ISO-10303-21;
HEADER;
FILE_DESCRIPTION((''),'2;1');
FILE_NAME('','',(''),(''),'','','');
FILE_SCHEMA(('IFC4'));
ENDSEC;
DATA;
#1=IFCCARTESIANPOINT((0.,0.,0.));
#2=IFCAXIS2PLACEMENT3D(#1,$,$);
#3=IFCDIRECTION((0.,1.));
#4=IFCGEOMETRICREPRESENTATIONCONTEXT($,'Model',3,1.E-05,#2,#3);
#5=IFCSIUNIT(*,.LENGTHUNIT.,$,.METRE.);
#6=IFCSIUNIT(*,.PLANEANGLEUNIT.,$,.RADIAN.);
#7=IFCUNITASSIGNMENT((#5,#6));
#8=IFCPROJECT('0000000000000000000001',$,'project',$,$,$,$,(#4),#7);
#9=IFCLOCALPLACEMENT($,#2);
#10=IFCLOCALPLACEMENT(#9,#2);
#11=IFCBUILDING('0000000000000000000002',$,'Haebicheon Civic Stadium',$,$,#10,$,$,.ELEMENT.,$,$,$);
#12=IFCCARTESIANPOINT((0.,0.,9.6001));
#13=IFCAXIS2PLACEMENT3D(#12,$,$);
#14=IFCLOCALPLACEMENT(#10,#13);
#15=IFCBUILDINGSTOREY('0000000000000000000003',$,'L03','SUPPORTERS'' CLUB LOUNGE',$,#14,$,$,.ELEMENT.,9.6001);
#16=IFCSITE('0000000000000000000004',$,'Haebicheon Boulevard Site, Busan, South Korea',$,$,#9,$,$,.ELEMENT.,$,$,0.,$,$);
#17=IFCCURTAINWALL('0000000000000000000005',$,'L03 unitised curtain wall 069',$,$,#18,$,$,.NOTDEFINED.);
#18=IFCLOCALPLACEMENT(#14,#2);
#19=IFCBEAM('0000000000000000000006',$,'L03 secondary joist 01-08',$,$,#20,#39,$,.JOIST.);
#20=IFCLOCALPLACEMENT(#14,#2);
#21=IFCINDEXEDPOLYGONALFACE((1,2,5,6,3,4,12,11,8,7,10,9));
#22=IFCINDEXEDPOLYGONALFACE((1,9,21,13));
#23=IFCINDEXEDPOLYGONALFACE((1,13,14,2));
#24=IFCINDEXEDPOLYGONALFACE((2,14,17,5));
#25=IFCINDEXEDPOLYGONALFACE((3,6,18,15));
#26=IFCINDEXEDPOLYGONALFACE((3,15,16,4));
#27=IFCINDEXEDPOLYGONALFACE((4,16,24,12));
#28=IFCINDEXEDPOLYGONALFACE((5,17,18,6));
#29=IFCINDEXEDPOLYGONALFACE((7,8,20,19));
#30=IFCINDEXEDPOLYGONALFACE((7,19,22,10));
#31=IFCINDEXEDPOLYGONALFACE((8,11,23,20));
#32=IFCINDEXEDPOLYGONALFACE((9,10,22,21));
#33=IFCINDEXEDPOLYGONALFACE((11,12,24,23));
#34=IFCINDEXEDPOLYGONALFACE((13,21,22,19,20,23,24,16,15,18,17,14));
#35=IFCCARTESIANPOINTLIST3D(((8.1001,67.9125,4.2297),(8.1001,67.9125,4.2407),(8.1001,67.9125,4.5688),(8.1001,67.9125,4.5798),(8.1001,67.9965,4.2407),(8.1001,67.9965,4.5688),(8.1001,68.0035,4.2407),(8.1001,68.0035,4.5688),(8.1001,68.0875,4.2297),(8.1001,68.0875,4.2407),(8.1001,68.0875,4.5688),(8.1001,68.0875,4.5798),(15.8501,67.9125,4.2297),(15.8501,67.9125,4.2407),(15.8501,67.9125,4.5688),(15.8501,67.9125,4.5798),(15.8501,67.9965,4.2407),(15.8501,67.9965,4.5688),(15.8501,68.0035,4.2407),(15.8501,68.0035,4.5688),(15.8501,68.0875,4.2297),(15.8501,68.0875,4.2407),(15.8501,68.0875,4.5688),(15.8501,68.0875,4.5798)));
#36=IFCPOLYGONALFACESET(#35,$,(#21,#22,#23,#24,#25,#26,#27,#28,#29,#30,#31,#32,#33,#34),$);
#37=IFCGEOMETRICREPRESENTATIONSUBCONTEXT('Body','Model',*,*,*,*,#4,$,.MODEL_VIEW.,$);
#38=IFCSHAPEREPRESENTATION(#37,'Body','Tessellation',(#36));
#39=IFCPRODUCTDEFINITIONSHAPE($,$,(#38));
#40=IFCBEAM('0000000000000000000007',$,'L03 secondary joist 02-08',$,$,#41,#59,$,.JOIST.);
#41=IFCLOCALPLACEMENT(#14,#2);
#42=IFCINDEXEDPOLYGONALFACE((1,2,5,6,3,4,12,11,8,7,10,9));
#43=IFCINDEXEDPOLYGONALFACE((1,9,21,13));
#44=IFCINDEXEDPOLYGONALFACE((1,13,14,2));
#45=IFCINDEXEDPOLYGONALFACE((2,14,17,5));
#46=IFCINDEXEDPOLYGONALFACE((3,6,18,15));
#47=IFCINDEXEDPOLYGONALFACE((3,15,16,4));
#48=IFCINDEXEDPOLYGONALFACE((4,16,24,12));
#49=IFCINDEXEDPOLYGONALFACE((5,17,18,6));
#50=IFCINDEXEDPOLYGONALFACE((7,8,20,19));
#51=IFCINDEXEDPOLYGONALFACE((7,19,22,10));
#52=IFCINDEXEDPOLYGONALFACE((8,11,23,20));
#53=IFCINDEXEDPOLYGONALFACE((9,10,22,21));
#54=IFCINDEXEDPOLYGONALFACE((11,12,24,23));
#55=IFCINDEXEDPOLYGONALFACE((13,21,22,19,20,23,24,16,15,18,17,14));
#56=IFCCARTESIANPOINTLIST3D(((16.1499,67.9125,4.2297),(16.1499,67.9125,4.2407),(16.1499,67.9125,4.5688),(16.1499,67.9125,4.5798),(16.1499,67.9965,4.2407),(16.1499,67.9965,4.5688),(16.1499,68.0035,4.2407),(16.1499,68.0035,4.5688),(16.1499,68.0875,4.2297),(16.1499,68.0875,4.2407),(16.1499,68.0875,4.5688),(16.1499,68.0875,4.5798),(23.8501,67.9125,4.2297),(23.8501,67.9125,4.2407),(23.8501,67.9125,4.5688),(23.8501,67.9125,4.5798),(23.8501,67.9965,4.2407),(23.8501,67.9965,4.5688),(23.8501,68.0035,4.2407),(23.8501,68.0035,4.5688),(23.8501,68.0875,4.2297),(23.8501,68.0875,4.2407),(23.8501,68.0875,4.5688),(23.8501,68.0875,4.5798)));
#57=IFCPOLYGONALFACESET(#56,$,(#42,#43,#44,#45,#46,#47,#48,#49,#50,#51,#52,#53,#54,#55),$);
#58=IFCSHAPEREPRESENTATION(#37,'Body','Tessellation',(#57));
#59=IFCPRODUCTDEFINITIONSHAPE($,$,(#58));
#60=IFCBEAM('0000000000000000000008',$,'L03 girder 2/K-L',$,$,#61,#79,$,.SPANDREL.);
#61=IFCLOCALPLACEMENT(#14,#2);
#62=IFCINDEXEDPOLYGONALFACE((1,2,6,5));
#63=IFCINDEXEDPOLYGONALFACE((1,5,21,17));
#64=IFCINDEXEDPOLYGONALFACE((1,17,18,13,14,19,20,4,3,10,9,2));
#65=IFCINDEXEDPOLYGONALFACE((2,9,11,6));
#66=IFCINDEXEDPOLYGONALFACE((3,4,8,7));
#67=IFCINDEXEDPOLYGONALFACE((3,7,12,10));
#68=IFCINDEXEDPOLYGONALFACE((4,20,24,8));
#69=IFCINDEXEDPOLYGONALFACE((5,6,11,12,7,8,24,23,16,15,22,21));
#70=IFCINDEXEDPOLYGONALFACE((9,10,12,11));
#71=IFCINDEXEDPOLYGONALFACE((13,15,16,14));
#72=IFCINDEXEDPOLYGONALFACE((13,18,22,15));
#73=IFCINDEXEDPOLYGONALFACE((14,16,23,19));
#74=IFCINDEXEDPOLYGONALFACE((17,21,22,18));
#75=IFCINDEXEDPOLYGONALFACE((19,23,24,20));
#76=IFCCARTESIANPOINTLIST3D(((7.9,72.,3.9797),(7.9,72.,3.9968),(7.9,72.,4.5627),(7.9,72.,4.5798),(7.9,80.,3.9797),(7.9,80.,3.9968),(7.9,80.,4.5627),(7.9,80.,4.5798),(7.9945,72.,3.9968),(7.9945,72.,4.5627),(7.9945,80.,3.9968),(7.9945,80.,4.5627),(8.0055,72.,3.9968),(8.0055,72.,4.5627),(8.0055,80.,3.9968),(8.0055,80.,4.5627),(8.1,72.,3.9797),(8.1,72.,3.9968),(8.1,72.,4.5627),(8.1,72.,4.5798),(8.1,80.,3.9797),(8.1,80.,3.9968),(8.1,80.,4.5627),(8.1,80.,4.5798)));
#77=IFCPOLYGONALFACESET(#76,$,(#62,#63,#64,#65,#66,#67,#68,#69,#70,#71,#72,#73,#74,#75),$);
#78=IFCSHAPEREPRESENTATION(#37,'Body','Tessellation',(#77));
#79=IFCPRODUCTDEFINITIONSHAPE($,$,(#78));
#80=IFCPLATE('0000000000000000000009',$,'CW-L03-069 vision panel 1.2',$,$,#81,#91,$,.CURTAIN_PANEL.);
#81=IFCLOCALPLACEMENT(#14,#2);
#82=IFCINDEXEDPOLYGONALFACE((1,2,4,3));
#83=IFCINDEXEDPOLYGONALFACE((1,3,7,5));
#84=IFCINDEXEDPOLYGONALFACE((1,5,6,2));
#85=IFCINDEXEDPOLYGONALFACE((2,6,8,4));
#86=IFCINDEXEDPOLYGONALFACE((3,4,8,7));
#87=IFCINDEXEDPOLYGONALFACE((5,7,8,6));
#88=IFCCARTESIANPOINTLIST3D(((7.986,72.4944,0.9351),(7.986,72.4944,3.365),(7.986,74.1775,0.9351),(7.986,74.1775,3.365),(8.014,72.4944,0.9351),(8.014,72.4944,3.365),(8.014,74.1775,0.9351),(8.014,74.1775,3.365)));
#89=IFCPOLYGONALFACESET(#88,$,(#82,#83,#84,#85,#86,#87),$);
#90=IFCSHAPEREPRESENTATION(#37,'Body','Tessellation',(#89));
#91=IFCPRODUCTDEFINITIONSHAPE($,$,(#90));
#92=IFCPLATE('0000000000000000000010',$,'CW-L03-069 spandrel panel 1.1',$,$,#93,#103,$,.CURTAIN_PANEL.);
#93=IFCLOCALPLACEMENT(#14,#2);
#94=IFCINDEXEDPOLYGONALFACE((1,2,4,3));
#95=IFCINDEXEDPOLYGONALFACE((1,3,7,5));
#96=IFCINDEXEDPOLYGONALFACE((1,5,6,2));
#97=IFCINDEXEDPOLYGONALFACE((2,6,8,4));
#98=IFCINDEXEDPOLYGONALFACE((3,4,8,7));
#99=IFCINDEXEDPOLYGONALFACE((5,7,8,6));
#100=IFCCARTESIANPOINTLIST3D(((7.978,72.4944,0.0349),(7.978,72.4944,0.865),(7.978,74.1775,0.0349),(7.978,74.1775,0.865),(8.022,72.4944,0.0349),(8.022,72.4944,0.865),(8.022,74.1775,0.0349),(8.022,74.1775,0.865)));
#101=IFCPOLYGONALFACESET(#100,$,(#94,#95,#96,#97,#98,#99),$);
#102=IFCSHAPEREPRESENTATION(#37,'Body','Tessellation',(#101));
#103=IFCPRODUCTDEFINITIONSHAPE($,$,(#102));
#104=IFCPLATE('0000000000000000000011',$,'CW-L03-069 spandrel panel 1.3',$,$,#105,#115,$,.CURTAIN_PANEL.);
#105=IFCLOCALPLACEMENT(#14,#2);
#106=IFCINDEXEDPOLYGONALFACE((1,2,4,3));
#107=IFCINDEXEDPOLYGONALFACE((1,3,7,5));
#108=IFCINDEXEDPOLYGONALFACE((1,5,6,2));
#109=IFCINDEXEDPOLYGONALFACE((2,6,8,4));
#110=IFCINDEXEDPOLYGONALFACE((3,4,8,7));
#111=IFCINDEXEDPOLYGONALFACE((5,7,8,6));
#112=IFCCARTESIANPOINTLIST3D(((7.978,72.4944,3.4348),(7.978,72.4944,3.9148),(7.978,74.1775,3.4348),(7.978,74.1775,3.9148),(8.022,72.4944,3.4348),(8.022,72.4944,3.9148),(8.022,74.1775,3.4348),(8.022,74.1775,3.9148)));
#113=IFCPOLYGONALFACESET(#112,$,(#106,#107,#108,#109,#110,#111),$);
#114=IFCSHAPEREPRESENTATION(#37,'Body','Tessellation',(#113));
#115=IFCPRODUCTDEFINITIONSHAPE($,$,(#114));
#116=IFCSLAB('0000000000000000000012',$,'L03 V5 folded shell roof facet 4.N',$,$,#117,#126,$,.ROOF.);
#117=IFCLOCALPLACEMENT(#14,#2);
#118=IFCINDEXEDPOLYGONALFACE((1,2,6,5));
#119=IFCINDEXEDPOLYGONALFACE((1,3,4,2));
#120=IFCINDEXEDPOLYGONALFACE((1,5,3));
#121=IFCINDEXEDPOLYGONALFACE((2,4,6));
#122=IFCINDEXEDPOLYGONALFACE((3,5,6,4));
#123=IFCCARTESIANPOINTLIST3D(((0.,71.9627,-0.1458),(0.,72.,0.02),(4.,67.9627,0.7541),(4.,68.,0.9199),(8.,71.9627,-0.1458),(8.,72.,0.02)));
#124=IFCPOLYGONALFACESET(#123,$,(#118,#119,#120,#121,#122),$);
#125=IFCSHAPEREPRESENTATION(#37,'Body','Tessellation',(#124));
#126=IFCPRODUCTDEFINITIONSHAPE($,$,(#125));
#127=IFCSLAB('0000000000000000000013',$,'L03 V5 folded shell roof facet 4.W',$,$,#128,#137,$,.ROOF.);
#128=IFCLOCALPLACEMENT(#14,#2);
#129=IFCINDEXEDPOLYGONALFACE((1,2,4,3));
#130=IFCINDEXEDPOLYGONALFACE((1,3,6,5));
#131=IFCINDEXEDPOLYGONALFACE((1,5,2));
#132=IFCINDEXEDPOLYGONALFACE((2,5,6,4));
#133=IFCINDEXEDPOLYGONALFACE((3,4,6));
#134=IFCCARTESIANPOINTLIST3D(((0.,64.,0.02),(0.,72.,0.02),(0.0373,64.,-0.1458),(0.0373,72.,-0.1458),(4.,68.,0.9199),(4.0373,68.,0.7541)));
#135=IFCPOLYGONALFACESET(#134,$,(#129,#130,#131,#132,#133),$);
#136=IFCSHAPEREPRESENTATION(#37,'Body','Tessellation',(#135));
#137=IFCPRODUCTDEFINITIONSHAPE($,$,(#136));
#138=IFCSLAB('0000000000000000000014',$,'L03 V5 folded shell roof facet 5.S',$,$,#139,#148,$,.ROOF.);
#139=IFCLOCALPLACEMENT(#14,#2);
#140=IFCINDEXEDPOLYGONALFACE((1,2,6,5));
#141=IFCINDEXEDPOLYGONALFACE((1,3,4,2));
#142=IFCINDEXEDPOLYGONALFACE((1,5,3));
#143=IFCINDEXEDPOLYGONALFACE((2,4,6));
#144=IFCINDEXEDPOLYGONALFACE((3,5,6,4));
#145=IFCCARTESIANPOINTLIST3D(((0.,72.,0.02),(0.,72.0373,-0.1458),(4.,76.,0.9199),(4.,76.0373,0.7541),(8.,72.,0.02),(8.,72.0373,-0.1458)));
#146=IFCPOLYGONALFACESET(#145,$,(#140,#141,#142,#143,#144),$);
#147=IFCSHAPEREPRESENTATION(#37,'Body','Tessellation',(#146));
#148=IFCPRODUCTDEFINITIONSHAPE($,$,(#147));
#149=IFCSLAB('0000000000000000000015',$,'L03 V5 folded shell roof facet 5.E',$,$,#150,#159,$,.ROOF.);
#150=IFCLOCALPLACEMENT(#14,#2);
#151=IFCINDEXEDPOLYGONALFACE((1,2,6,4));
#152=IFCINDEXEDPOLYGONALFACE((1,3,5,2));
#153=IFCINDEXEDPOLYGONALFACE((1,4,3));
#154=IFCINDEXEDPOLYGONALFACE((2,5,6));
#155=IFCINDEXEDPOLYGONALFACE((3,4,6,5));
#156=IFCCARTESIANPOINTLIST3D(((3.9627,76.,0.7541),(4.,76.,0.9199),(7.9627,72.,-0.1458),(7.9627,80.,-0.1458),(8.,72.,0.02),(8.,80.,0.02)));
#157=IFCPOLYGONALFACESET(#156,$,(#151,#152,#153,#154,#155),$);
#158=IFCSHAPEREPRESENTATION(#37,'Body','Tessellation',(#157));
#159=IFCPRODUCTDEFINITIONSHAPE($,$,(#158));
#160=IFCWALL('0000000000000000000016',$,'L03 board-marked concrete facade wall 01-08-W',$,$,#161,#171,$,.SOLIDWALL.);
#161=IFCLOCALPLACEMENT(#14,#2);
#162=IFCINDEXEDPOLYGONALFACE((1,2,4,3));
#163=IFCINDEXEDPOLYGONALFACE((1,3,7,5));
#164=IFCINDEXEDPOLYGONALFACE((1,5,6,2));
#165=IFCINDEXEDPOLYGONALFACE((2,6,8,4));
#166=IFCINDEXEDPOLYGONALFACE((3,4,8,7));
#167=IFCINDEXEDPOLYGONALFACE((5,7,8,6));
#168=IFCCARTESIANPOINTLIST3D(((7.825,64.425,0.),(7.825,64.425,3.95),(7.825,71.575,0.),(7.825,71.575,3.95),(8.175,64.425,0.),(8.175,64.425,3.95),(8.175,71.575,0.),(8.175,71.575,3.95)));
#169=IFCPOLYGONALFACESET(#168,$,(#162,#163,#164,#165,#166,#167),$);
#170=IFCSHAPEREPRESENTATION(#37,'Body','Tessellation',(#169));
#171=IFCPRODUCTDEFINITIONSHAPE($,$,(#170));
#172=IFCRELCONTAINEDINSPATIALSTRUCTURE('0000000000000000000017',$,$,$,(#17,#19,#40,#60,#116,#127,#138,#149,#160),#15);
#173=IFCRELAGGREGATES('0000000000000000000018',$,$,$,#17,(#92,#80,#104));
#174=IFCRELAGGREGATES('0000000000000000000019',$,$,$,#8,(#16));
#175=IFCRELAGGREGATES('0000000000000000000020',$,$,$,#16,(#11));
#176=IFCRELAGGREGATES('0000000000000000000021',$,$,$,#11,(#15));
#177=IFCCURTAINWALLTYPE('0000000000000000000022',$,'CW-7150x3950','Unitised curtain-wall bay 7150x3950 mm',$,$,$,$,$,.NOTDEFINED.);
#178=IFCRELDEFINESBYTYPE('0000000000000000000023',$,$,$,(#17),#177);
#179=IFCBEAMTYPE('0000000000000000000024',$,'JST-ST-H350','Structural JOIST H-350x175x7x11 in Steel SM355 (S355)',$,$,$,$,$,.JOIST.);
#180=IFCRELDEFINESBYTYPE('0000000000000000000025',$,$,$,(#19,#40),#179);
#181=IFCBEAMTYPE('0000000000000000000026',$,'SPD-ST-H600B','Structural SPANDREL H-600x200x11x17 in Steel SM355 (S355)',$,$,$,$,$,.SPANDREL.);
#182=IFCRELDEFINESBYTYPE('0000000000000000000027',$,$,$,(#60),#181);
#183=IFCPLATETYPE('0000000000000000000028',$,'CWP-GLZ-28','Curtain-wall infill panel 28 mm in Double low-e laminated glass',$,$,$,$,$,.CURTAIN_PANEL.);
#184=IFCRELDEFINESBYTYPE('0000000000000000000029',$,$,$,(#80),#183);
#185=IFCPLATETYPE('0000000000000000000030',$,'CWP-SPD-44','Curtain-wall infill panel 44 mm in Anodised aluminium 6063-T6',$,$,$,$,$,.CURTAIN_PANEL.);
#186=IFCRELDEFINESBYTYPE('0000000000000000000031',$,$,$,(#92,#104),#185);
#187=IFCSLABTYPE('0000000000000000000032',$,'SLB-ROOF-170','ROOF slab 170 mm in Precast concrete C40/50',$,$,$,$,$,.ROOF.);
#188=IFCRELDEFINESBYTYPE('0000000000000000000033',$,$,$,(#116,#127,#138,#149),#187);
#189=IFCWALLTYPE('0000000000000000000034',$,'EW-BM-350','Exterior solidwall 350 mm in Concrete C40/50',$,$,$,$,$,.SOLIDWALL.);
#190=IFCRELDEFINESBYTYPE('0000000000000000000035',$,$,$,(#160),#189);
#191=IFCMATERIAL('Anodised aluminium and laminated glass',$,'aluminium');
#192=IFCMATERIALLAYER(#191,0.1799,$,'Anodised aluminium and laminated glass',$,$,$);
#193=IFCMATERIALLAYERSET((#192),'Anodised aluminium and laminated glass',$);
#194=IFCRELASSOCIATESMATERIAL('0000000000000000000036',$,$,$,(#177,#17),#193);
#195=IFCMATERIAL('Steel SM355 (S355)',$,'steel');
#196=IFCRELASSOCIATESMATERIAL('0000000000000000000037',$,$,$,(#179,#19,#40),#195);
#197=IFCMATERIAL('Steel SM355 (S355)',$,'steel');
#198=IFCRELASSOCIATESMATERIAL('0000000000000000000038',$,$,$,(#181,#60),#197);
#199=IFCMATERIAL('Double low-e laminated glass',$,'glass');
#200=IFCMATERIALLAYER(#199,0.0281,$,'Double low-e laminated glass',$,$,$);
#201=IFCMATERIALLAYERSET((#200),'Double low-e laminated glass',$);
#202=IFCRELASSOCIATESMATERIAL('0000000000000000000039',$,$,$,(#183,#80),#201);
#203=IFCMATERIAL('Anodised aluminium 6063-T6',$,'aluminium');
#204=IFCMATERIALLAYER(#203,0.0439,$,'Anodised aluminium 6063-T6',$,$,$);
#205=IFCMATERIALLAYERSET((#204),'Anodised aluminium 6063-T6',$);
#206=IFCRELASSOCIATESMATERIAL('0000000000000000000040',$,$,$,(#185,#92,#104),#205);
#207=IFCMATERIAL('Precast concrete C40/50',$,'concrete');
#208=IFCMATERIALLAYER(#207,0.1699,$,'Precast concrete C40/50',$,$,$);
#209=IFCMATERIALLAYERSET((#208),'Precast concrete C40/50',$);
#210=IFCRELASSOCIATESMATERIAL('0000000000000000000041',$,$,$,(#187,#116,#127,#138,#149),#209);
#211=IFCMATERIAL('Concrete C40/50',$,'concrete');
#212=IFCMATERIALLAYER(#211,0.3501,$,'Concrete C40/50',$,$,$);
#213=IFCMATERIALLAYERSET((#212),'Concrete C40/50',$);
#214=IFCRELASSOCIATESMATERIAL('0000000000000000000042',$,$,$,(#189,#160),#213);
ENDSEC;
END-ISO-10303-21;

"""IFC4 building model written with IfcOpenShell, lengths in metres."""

from ifc_helpers import new_model, si_unit, direction, frame, frame_2d, origin, origin_2d, place, context, subcontext, project, spatial, polyline, rectangle, i_section, outline, extrude, material, layer, layer_set, material_profile, profile_set, type_object, element, aggregate, save


model = new_model("IFC4")

# Units and contexts
model_context = context("Model", 3, precision=1e-05, world=origin(), true_north=direction((0.0, 1.0)))
body_context = subcontext(model_context, "Body", "Model", "MODEL_VIEW")
ifc_project = project(units=[si_unit("LENGTHUNIT", "METRE"), si_unit("PLANEANGLEUNIT", "RADIAN")], contexts=[model_context])

# Site, building, storey
site_placement = place(None, origin())
site = spatial("IfcSite", under=ifc_project, at=site_placement, Name="Haebicheon Boulevard Site, Busan, South Korea", CompositionType="ELEMENT", RefElevation=0.0)
building_placement = place(site_placement, origin())
building = spatial("IfcBuilding", under=site, at=building_placement, Name="Haebicheon Civic Stadium", CompositionType="ELEMENT")
storey_placement = place(building_placement, frame((0.0, 0.0, 9.6001)))
storey = spatial("IfcBuildingStorey", under=building, at=storey_placement, Name="L03", Description="SUPPORTERS' CLUB LOUNGE", CompositionType="ELEMENT", Elevation=9.6001)

# Curtain wall
ifc_material_1 = material(Name="Anodised aluminium and laminated glass", Category="aluminium")
ifc_layer_1 = layer(ifc_material_1, 0.1799, Name="Anodised aluminium and laminated glass")
ifc_layer_set_1 = layer_set([ifc_layer_1], Name="Anodised aluminium and laminated glass")
curtain_wall_type = type_object("IfcCurtainWallType", Name="CW-7150x3950", Description="Unitised curtain-wall bay 7150x3950 mm", PredefinedType="NOTDEFINED", material=ifc_layer_set_1)
curtain_wall_placement = place(storey_placement, origin())
curtain_wall = element("IfcCurtainWall", 1, at=curtain_wall_placement, inside=storey, type_object=curtain_wall_type, material=ifc_layer_set_1, Name="L03 unitised curtain wall 069", PredefinedType="NOTDEFINED")

# Beams
ifc_material_2 = material(Name="Steel SM355 (S355)", Category="steel")
ifc_material_profile_1 = material_profile(ifc_material_2, i_section(OverallWidth=0.175, OverallDepth=0.3501, WebThickness=0.0071, FlangeThickness=0.011, at=origin_2d()), Name="H-350x175x7x11")
ifc_profile_set_1 = profile_set([ifc_material_profile_1], Name="Steel SM355 (S355)")
beam_type_1 = type_object("IfcBeamType", Name="JST-ST-H350", Description="Structural JOIST H-350x175x7x11 in Steel SM355 (S355)", PredefinedType="JOIST", material=ifc_profile_set_1)
beam_1_placement = place(storey_placement, frame((8.1001, 68.0, 4.4048), z_axis=(1.0, 0.0, 0.0), x_axis=(0.0, 1.0, 0.0)))
element("IfcBeam", 2, at=beam_1_placement, inside=storey, type_object=beam_type_1, material=ifc_profile_set_1, Name="L03 secondary joist 01-08", PredefinedType="JOIST", context=body_context, shape_type="SweptSolid", body=[
    extrude(i_section(OverallWidth=0.175, OverallDepth=0.3501, WebThickness=0.0071, FlangeThickness=0.011, at=origin_2d()), origin(), (0.0, 0.0, 1.0), 7.75),
])
beam_2_placement = place(storey_placement, frame((16.1499, 68.0, 4.4048), z_axis=(1.0, 0.0, 0.0), x_axis=(0.0, 1.0, 0.0)))
element("IfcBeam", 3, at=beam_2_placement, inside=storey, type_object=beam_type_1, material=ifc_profile_set_1, Name="L03 secondary joist 02-08", PredefinedType="JOIST", context=body_context, shape_type="SweptSolid", body=[
    extrude(i_section(OverallWidth=0.175, OverallDepth=0.3501, WebThickness=0.0071, FlangeThickness=0.011, at=origin_2d()), origin(), (0.0, 0.0, 1.0), 7.7002),
])
ifc_material_3 = material(Name="Steel SM355 (S355)", Category="steel")
ifc_material_profile_2 = material_profile(ifc_material_3, i_section(OverallWidth=0.2, OverallDepth=0.6001, WebThickness=0.011, FlangeThickness=0.0171, at=origin_2d()), Name="H-600x200x11x17")
ifc_profile_set_2 = profile_set([ifc_material_profile_2], Name="Steel SM355 (S355)")
beam_type_2 = type_object("IfcBeamType", Name="SPD-ST-H600B", Description="Structural SPANDREL H-600x200x11x17 in Steel SM355 (S355)", PredefinedType="SPANDREL", material=ifc_profile_set_2)
beam_3_placement = place(storey_placement, frame((8.0, 72.0, 4.2798), z_axis=(0.0, 1.0, 0.0), x_axis=(-1.0, 0.0, 0.0)))
element("IfcBeam", 4, at=beam_3_placement, inside=storey, type_object=beam_type_2, material=ifc_profile_set_2, Name="L03 girder 2/K-L", PredefinedType="SPANDREL", context=body_context, shape_type="SweptSolid", body=[
    extrude(i_section(OverallWidth=0.2, OverallDepth=0.6001, WebThickness=0.011, FlangeThickness=0.0171, at=origin_2d()), origin(), (0.0, 0.0, 1.0), 8.0),
])

# Plates
ifc_material_4 = material(Name="Double low-e laminated glass", Category="glass")
ifc_layer_2 = layer(ifc_material_4, 0.0281, Name="Double low-e laminated glass")
ifc_layer_set_2 = layer_set([ifc_layer_2], Name="Double low-e laminated glass")
plate_type_1 = type_object("IfcPlateType", Name="CWP-GLZ-28", Description="Curtain-wall infill panel 28 mm in Double low-e laminated glass", PredefinedType="CURTAIN_PANEL", material=ifc_layer_set_2)
plate_1_placement = place(storey_placement, frame((8.0, 73.3359, 0.9351), z_axis=(0.0, 0.0, 1.0), x_axis=(0.0, 1.0, 0.0)))
plate_1 = element("IfcPlate", 5, at=plate_1_placement, type_object=plate_type_1, material=ifc_layer_set_2, Name="CW-L03-069 vision panel 1.2", PredefinedType="CURTAIN_PANEL", context=body_context, shape_type="SweptSolid", body=[
    extrude(rectangle(XDim=1.6831, YDim=0.0281, at=origin_2d()), origin(), (0.0, 0.0, 1.0), 2.4299),
])
ifc_material_5 = material(Name="Anodised aluminium 6063-T6", Category="aluminium")
ifc_layer_3 = layer(ifc_material_5, 0.0439, Name="Anodised aluminium 6063-T6")
ifc_layer_set_3 = layer_set([ifc_layer_3], Name="Anodised aluminium 6063-T6")
plate_type_2 = type_object("IfcPlateType", Name="CWP-SPD-44", Description="Curtain-wall infill panel 44 mm in Anodised aluminium 6063-T6", PredefinedType="CURTAIN_PANEL", material=ifc_layer_set_3)
plate_2_placement = place(storey_placement, frame((8.0, 73.3359, 0.0349), z_axis=(0.0, 0.0, 1.0), x_axis=(0.0, 1.0, 0.0)))
plate_2 = element("IfcPlate", 6, at=plate_2_placement, type_object=plate_type_2, material=ifc_layer_set_3, Name="CW-L03-069 spandrel panel 1.1", PredefinedType="CURTAIN_PANEL", context=body_context, shape_type="SweptSolid", body=[
    extrude(rectangle(XDim=1.6831, YDim=0.0439, at=origin_2d()), origin(), (0.0, 0.0, 1.0), 0.8301),
])
plate_3_placement = place(storey_placement, frame((8.0, 73.3359, 3.4348), z_axis=(0.0, 0.0, 1.0), x_axis=(0.0, 1.0, 0.0)))
plate_3 = element("IfcPlate", 7, at=plate_3_placement, type_object=plate_type_2, material=ifc_layer_set_3, Name="CW-L03-069 spandrel panel 1.3", PredefinedType="CURTAIN_PANEL", context=body_context, shape_type="SweptSolid", body=[
    extrude(rectangle(XDim=1.6831, YDim=0.0439, at=origin_2d()), origin(), (0.0, 0.0, 1.0), 0.48),
])
aggregate(curtain_wall, [plate_2, plate_1, plate_3])

# Slabs
ifc_material_6 = material(Name="Precast concrete C40/50", Category="concrete")
ifc_layer_4 = layer(ifc_material_6, 0.1699, Name="Precast concrete C40/50")
ifc_layer_set_4 = layer_set([ifc_layer_4], Name="Precast concrete C40/50")
slab_type = type_object("IfcSlabType", Name="SLB-ROOF-170", Description="ROOF slab 170 mm in Precast concrete C40/50", PredefinedType="ROOF", material=ifc_layer_set_4)
for number, where, z_axis, x_axis, name in (
    (8, (8.0, 72.0, 0.02), (0.0, 0.21949, 0.975615), (-1.0, 0.0, 0.0), "L03 V5 folded shell roof facet 4.N"),
    (9, (0.0, 72.0, 0.02), (-0.21949, 0.0, 0.975615), (0.0, -1.0, 0.0), "L03 V5 folded shell roof facet 4.W"),
    (10, (0.0, 72.0, 0.02), (0.0, -0.21949, 0.975615), (1.0, 0.0, 0.0), "L03 V5 folded shell roof facet 5.S"),
    (11, (8.0, 72.0, 0.02), (0.21949, 0.0, 0.975615), (0.0, 1.0, 0.0), "L03 V5 folded shell roof facet 5.E"),
):
    element("IfcSlab", number, at=place(storey_placement, frame(where, z_axis=z_axis, x_axis=x_axis)), inside=storey, type_object=slab_type, material=ifc_layer_set_4, Name=name, PredefinedType="ROOF", context=body_context, shape_type="SweptSolid", body=[
        extrude(outline(polyline([(0.0, 0.0), (8.0, 0.0), (4.0, 4.1), (0.0, 0.0)])), origin(), (0.0, 0.0, -1.0), 0.1699),
    ])

# Wall
ifc_material_7 = material(Name="Concrete C40/50", Category="concrete")
ifc_layer_5 = layer(ifc_material_7, 0.3501, Name="Concrete C40/50")
ifc_layer_set_5 = layer_set([ifc_layer_5], Name="Concrete C40/50")
wall_type_1 = type_object("IfcWallType", Name="EW-BM-350", Description="Exterior solidwall 350 mm in Concrete C40/50", PredefinedType="SOLIDWALL", material=ifc_layer_set_5)
wall_1_placement = place(storey_placement, frame((8.0, 64.425, 0.0), z_axis=(0.0, 0.0, 1.0), x_axis=(0.0, 1.0, 0.0)))
element("IfcWall", 12, at=wall_1_placement, inside=storey, type_object=wall_type_1, material=ifc_layer_set_5, Name="L03 board-marked concrete facade wall 01-08-W", PredefinedType="SOLIDWALL", context=body_context, shape_type="SweptSolid", body=[
    extrude(rectangle(XDim=7.1499, YDim=0.3501, at=frame_2d((3.575, 0.0))), origin(), (0.0, 0.0, 1.0), 3.95),
])

save(model, "model.ifc")
